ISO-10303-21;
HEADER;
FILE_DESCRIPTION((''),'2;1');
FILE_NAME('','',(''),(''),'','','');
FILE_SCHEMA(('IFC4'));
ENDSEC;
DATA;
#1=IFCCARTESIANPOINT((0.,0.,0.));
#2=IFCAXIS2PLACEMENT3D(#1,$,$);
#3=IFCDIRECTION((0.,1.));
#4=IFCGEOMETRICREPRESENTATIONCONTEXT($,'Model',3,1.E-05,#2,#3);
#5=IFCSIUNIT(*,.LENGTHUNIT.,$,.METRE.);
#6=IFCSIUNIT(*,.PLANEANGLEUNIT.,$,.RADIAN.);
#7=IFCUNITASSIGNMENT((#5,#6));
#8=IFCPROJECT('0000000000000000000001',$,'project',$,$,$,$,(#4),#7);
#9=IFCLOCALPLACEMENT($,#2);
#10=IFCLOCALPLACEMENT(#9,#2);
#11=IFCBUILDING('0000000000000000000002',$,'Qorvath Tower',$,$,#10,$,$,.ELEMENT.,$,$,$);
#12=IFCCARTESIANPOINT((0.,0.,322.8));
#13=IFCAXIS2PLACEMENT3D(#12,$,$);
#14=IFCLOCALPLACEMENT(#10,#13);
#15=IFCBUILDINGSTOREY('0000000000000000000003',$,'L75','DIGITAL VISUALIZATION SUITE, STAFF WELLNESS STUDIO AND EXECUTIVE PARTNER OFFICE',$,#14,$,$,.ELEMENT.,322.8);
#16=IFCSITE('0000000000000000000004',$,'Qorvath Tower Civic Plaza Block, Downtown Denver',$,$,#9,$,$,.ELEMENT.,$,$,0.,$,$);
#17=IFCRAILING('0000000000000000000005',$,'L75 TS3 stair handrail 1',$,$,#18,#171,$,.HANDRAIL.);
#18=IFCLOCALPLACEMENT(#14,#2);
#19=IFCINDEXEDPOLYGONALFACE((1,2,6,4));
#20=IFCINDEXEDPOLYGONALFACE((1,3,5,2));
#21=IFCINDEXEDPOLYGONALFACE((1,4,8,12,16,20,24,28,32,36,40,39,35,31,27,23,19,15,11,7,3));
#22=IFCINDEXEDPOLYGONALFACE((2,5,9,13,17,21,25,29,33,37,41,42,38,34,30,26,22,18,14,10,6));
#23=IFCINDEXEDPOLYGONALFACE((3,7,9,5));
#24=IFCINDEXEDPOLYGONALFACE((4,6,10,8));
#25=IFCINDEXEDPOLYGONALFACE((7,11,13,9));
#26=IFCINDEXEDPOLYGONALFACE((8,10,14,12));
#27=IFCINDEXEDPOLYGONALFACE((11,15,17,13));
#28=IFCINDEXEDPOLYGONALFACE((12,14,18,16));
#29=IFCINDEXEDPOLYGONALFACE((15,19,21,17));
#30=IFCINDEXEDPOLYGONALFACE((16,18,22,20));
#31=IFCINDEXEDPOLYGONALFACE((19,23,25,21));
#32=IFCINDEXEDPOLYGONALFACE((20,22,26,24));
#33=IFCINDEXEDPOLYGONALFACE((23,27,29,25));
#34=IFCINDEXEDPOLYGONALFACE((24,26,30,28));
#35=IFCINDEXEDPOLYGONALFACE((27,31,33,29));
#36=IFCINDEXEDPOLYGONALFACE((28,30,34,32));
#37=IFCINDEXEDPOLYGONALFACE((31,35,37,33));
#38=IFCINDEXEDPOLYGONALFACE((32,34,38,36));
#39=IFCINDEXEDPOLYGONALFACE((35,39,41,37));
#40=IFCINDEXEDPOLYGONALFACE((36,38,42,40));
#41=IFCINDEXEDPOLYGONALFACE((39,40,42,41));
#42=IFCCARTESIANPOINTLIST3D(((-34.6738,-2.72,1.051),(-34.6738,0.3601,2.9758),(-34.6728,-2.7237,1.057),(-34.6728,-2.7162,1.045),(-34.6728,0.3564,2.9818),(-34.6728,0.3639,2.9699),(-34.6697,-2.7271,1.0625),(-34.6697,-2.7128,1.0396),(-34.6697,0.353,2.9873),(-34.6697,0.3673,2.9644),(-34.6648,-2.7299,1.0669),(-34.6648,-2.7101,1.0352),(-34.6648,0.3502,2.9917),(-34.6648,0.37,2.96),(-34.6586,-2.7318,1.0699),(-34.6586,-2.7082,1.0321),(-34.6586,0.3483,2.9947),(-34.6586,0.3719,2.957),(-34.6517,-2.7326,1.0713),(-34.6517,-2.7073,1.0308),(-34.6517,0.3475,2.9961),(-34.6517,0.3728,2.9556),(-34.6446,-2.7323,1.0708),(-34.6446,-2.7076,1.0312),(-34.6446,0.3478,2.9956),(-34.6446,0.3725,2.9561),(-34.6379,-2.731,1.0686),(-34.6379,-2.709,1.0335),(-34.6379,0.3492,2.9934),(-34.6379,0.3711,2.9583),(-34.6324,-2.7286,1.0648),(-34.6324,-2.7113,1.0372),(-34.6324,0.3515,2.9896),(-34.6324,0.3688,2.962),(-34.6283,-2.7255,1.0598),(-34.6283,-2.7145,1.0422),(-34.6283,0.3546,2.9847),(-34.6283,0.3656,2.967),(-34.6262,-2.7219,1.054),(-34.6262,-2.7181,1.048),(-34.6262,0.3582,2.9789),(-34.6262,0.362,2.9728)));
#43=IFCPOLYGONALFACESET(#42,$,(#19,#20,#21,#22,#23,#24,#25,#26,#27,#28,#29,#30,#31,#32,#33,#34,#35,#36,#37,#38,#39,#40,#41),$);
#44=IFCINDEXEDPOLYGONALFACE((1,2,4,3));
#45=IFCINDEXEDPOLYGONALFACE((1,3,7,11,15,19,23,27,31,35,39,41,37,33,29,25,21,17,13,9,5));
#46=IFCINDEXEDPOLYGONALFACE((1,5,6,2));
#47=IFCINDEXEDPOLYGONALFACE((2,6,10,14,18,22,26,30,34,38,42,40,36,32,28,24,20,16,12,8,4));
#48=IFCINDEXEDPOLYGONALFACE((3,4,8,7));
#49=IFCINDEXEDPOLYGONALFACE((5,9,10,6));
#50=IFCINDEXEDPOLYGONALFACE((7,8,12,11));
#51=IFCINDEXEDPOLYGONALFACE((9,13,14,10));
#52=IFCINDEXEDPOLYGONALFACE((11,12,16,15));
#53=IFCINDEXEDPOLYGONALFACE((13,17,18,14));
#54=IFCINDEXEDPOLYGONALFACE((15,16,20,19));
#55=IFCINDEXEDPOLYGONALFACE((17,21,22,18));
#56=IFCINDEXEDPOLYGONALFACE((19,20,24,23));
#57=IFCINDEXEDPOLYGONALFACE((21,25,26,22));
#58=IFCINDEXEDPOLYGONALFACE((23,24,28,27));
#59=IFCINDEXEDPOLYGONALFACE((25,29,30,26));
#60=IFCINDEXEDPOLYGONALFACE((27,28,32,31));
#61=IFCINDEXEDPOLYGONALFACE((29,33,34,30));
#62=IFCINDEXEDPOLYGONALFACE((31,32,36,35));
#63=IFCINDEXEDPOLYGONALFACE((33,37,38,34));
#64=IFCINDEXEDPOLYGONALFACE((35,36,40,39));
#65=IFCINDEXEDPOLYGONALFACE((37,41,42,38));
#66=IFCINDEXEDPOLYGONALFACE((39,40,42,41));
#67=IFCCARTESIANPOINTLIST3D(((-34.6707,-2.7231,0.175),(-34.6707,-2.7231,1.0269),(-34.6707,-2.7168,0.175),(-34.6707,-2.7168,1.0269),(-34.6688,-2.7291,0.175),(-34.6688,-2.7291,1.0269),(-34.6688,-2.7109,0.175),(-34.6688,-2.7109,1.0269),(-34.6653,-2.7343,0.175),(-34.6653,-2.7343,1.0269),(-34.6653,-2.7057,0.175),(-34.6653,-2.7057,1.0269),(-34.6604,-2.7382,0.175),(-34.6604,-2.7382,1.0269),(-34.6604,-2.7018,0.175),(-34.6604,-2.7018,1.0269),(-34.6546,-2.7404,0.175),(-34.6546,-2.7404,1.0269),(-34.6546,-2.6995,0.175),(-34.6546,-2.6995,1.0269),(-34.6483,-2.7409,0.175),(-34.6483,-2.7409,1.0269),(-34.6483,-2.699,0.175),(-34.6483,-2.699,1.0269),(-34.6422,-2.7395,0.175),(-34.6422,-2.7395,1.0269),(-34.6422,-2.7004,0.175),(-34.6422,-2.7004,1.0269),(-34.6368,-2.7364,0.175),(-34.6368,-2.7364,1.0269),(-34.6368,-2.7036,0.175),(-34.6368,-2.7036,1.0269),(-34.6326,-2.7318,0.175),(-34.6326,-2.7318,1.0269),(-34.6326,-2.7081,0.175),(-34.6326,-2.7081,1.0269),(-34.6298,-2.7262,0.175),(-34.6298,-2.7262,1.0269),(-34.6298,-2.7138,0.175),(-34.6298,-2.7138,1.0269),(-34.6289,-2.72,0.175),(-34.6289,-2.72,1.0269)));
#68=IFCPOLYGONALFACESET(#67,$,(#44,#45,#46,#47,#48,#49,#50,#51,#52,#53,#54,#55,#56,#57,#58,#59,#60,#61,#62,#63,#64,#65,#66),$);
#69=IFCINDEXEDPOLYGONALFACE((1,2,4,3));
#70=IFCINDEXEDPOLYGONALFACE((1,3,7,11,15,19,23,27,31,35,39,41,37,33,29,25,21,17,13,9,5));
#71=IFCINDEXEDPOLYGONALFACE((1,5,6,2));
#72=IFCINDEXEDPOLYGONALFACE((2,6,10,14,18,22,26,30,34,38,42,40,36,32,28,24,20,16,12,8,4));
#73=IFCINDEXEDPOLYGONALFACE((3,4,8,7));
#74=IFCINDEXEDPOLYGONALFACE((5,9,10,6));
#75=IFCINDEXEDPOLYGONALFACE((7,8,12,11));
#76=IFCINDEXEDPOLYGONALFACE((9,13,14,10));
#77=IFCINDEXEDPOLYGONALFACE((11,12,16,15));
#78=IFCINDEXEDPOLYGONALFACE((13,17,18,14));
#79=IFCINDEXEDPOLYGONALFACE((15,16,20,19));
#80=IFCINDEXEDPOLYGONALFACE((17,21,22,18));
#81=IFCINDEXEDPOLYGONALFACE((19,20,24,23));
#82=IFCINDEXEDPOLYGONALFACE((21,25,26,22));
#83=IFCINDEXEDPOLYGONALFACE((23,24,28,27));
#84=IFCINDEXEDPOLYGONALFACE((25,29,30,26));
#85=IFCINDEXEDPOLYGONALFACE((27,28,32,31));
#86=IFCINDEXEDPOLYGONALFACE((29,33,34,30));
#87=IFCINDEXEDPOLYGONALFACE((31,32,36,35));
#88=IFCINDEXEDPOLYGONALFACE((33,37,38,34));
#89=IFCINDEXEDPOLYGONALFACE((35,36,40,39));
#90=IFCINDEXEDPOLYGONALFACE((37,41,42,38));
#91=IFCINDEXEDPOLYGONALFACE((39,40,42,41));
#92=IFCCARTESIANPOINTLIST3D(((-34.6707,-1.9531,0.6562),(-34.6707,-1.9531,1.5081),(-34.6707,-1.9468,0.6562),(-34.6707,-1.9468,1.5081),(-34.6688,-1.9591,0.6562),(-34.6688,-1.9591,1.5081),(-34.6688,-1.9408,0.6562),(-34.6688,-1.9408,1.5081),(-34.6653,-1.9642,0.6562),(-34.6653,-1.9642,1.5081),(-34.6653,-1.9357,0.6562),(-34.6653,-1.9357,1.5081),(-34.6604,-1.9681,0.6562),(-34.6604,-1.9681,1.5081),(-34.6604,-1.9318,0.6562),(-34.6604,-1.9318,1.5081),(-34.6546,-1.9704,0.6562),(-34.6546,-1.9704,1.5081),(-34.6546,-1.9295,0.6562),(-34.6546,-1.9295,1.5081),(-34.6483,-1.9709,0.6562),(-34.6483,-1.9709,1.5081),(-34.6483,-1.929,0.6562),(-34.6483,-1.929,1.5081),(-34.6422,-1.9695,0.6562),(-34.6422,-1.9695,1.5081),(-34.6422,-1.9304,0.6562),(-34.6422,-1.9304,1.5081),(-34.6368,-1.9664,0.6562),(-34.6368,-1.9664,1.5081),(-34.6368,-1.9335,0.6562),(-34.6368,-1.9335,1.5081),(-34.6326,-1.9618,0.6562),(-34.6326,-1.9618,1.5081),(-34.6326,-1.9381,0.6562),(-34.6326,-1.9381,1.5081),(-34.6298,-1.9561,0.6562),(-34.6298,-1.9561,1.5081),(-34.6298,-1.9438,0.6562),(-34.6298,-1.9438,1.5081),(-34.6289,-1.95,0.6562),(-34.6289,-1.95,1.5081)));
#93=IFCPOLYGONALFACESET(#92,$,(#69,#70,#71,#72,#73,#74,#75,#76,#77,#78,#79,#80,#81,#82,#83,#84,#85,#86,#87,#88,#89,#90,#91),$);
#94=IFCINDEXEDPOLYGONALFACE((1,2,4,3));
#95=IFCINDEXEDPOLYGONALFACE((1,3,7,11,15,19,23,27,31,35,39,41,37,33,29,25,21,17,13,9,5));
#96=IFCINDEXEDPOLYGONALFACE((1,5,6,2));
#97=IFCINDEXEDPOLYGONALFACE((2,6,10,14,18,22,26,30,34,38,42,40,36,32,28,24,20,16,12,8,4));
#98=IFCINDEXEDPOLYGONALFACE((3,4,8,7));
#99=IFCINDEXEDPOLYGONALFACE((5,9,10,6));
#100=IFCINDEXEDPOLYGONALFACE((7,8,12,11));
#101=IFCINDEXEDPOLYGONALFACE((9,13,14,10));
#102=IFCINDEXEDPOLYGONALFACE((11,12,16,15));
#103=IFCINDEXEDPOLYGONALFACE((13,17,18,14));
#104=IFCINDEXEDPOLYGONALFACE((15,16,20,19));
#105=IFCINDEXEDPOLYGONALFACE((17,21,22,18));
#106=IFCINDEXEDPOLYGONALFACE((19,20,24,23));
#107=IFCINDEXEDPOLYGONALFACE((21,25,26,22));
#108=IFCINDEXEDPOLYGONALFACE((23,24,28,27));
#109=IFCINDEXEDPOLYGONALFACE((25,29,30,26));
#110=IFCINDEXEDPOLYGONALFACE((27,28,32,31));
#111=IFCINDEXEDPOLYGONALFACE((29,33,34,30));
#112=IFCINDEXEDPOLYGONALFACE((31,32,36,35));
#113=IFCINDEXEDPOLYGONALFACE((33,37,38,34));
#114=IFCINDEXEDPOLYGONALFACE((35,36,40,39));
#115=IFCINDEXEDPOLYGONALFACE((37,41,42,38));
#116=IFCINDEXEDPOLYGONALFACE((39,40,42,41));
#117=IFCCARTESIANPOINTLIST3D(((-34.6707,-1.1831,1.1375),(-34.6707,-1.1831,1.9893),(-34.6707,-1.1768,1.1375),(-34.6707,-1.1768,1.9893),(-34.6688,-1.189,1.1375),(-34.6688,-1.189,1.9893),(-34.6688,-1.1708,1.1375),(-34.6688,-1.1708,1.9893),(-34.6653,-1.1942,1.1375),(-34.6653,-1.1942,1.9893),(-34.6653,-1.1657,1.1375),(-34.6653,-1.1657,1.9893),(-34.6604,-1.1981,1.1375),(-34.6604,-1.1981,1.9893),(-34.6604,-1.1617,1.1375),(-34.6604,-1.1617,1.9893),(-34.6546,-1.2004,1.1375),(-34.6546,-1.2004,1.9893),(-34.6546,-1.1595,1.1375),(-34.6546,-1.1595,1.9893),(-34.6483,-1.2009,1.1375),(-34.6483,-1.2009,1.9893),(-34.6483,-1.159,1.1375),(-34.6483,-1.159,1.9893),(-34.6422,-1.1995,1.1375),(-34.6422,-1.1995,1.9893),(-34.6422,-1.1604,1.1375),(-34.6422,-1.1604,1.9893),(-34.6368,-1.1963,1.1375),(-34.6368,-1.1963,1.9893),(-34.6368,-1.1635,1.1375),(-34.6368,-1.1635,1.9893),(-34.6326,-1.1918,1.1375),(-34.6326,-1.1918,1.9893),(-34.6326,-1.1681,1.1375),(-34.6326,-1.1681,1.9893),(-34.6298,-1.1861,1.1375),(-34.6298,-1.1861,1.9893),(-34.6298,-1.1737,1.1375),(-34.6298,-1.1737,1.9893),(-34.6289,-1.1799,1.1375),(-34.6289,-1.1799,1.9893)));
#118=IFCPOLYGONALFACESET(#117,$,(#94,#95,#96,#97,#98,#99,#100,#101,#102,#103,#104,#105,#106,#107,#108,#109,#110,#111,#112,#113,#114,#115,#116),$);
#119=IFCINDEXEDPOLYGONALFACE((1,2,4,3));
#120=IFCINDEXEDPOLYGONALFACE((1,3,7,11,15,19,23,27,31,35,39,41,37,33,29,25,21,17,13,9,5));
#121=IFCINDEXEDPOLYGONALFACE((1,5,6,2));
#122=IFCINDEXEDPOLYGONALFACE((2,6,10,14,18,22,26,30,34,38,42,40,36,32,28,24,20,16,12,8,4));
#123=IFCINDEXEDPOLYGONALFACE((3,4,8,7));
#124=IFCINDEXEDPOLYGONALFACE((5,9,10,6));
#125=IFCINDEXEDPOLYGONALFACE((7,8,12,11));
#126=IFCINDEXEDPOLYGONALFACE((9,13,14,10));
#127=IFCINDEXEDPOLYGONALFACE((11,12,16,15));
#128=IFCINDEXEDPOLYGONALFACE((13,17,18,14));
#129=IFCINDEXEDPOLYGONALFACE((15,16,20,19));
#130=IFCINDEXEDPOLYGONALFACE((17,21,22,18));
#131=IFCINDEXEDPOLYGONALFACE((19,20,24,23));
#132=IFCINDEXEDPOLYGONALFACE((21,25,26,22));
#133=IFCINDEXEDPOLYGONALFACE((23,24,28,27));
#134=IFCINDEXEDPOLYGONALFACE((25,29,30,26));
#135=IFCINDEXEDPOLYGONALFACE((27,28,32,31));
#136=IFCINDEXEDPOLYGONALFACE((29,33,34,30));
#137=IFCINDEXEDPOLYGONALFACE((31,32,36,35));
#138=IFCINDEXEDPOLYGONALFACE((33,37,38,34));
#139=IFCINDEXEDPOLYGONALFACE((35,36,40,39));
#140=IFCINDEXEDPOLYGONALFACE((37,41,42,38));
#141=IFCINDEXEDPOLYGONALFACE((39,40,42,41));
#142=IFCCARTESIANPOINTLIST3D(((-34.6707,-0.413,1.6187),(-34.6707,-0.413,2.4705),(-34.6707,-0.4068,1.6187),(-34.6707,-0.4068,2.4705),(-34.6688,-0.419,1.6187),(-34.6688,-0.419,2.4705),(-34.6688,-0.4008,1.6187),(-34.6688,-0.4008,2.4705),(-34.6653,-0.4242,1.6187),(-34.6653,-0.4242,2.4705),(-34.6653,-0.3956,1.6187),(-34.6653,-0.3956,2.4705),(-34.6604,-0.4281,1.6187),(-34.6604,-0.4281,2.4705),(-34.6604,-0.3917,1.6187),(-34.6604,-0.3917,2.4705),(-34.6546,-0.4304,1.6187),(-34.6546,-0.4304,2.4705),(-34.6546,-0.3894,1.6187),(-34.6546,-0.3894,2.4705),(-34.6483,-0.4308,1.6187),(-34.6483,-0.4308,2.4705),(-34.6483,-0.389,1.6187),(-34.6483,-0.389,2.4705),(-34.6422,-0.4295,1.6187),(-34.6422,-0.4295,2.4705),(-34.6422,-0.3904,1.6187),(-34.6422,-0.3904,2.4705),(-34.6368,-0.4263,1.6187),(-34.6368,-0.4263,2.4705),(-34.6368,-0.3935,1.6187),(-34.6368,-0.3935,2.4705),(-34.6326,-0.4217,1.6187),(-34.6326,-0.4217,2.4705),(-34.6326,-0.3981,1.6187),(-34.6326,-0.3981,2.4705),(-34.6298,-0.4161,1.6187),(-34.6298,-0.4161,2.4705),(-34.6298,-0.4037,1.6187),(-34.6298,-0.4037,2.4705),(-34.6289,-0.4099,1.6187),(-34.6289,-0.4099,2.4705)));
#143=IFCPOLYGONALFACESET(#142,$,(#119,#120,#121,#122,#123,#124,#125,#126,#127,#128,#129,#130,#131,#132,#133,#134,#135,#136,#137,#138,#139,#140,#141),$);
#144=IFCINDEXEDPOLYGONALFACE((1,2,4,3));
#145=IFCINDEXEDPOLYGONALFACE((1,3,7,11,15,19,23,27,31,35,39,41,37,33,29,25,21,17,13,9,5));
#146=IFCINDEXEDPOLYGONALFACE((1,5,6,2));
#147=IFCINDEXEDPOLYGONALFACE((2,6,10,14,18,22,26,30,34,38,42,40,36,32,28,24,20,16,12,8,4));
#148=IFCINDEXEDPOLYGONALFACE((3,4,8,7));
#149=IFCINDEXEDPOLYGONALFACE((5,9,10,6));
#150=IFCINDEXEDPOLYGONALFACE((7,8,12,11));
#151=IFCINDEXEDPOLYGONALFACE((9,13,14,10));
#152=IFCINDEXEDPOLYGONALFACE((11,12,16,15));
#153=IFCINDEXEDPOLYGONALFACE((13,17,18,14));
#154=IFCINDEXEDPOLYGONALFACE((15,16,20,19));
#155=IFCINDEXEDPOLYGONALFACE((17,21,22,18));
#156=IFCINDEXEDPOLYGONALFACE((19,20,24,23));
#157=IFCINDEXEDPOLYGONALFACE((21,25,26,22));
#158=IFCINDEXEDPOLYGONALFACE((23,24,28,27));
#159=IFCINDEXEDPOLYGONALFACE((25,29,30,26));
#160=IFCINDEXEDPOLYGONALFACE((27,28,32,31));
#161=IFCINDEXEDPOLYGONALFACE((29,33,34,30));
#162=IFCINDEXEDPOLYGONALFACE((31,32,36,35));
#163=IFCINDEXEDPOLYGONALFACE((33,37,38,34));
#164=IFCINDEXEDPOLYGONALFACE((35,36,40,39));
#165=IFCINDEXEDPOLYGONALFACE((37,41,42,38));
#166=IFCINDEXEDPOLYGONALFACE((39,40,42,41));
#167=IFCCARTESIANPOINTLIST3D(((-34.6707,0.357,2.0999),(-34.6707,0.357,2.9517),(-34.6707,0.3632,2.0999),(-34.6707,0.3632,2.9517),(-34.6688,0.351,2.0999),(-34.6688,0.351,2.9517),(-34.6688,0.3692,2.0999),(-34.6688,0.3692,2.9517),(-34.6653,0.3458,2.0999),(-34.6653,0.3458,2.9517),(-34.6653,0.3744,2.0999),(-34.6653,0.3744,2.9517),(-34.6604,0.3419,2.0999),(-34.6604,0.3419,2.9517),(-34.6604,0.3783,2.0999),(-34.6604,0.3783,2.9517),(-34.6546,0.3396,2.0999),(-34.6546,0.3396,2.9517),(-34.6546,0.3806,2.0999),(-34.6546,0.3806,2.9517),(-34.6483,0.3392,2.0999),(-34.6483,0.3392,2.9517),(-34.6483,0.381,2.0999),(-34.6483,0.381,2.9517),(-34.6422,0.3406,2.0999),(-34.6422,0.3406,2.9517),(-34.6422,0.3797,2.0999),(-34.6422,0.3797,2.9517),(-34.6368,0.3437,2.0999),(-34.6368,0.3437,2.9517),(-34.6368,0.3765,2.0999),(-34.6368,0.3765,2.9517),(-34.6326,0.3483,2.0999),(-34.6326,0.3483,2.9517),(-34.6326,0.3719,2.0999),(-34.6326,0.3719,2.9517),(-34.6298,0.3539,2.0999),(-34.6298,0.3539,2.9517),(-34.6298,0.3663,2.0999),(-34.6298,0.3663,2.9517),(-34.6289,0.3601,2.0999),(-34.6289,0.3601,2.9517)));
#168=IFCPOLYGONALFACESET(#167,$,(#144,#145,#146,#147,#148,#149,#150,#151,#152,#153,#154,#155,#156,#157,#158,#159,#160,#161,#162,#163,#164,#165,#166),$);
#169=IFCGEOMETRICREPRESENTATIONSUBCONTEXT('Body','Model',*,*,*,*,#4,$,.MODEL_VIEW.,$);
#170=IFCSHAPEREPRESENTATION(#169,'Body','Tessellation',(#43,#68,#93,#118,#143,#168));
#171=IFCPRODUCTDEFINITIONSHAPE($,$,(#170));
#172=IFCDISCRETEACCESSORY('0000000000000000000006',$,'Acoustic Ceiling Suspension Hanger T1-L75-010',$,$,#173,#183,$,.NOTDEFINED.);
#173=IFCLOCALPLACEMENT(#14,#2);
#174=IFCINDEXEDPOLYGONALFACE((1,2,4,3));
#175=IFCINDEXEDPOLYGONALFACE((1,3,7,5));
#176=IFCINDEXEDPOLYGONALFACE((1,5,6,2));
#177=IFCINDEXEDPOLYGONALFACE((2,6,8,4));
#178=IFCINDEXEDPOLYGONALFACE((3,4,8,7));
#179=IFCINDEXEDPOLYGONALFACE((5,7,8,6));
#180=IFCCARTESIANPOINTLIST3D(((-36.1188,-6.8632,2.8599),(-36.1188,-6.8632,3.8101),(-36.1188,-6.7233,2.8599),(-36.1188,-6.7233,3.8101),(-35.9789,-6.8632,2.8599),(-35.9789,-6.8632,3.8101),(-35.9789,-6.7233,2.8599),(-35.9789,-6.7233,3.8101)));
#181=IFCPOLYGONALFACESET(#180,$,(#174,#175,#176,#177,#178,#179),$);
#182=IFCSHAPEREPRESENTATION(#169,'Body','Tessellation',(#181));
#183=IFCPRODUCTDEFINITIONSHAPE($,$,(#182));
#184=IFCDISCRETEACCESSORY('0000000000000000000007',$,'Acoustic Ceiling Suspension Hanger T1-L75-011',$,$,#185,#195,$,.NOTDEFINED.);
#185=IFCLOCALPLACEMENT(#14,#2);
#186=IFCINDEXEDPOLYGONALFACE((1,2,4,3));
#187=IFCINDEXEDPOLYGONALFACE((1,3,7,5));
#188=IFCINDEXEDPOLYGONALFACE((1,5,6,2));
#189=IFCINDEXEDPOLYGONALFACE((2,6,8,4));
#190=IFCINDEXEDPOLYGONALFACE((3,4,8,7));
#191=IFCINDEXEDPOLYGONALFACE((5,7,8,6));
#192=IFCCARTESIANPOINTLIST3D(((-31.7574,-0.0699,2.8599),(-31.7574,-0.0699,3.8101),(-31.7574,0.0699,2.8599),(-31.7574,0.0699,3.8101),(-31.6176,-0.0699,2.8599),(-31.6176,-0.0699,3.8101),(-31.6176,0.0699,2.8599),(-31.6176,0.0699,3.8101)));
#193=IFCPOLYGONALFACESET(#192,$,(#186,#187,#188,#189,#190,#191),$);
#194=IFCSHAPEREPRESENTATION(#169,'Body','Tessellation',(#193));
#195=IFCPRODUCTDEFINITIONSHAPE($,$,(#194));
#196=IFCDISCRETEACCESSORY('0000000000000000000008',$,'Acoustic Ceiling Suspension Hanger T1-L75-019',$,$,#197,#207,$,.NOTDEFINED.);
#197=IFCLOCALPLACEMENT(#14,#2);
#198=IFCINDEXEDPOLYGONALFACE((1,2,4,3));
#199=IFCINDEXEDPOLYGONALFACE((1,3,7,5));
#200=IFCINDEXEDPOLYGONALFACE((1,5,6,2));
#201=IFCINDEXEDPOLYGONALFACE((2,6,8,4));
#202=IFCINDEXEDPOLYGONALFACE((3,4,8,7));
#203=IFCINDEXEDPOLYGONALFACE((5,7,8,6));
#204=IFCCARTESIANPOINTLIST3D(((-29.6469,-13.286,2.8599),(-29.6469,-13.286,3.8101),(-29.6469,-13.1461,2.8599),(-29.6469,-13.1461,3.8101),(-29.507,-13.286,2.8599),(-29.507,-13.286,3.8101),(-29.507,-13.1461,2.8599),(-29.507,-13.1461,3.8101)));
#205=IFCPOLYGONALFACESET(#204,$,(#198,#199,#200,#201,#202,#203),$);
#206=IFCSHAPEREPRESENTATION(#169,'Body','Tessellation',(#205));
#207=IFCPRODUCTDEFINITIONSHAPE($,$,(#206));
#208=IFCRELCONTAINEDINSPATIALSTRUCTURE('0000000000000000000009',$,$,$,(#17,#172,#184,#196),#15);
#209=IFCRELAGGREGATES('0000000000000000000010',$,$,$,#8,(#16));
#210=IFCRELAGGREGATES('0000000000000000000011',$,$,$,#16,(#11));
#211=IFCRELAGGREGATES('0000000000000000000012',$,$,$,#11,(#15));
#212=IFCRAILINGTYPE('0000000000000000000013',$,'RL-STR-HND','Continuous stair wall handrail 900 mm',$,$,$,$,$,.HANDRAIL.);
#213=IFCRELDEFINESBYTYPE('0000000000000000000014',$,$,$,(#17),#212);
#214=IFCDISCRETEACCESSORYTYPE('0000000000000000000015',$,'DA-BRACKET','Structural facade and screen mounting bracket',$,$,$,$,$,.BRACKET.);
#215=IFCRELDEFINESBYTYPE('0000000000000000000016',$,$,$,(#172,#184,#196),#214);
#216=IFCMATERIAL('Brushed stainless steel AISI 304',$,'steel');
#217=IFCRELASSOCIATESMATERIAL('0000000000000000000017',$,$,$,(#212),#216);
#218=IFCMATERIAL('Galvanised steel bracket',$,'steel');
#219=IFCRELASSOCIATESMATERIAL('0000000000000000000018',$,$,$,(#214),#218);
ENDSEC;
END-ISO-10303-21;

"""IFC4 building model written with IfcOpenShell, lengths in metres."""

from ifc_helpers import new_model, si_unit, direction, frame, origin, origin_2d, place, context, subcontext, project, spatial, rectangle, circle, extrude, material, type_object, element, save


model = new_model("IFC4")

# Units and contexts
model_context = context("Model", 3, precision=1e-05, world=origin(), true_north=direction((0.0, 1.0)))
body_context = subcontext(model_context, "Body", "Model", "MODEL_VIEW")
ifc_project = project(units=[si_unit("LENGTHUNIT", "METRE"), si_unit("PLANEANGLEUNIT", "RADIAN")], contexts=[model_context])

# Site, building, storey
site_placement = place(None, origin())
site = spatial("IfcSite", under=ifc_project, at=site_placement, Name="Qorvath Tower Civic Plaza Block, Downtown Denver", CompositionType="ELEMENT", RefElevation=0.0)
building_placement = place(site_placement, origin())
building = spatial("IfcBuilding", under=site, at=building_placement, Name="Qorvath Tower", CompositionType="ELEMENT")
storey_placement = place(building_placement, frame((0.0, 0.0, 322.8)))
storey = spatial("IfcBuildingStorey", under=building, at=storey_placement, Name="L75", Description="DIGITAL VISUALIZATION SUITE, STAFF WELLNESS STUDIO AND EXECUTIVE PARTNER OFFICE", CompositionType="ELEMENT", Elevation=322.8)

# Railing
ifc_material_1 = material(Name="Brushed stainless steel AISI 304", Category="steel")
railing_type = type_object("IfcRailingType", Name="RL-STR-HND", Description="Continuous stair wall handrail 900 mm", PredefinedType="HANDRAIL", material=ifc_material_1)
railing_placement = place(storey_placement, frame((-34.6499, -2.72, 0.175)))
element("IfcRailing", 1, at=railing_placement, inside=storey, type_object=railing_type, Name="L75 TS3 stair handrail 1", PredefinedType="HANDRAIL", context=body_context, shape_type="SweptSolid", body=[
    extrude(circle(Radius=0.0239, at=origin_2d()), frame((0.0, 0.0, 0.876), z_axis=(0.0, 0.848029, 0.529951), x_axis=(-1.0, 0.0, 0.0)), (0.0, 0.0, 1.0), 3.6321),
    extrude(circle(Radius=0.021, at=origin_2d()), origin(), (0.0, 0.0, 1.0), 0.8518),
    extrude(circle(Radius=0.021, at=origin_2d()), frame((0.0, 0.77, 0.4812)), (0.0, 0.0, 1.0), 0.8518),
    extrude(circle(Radius=0.021, at=origin_2d()), frame((0.0, 1.54, 0.9624)), (0.0, 0.0, 1.0), 0.8518),
    extrude(circle(Radius=0.021, at=origin_2d()), frame((0.0, 2.3101, 1.4436)), (0.0, 0.0, 1.0), 0.8518),
    extrude(circle(Radius=0.021, at=origin_2d()), frame((0.0, 3.0801, 1.9248)), (0.0, 0.0, 1.0), 0.8518),
])

# Discrete accessories
ifc_material_2 = material(Name="Galvanised steel bracket", Category="steel")
discrete_accessory_type = type_object("IfcDiscreteAccessoryType", Name="DA-BRACKET", Description="Structural facade and screen mounting bracket", PredefinedType="BRACKET", material=ifc_material_2)
for number, where, z_axis, x_axis, name in (
    (2, (-36.0488, -6.7932, 2.8599), (0.0, 0.0, 1.0), (1.0, 0.0, 0.0), "Acoustic Ceiling Suspension Hanger T1-L75-010"),
    (3, (-31.6875, 0.0, 2.8599), (0.0, 0.0, 1.0), (1.0, 0.0, 0.0), "Acoustic Ceiling Suspension Hanger T1-L75-011"),
    (4, (-29.5769, -13.2161, 2.8599), (0.0, 0.0, 1.0), (1.0, 0.0, 0.0), "Acoustic Ceiling Suspension Hanger T1-L75-019"),
):
    element("IfcDiscreteAccessory", number, at=place(storey_placement, frame(where, z_axis=z_axis, x_axis=x_axis)), inside=storey, type_object=discrete_accessory_type, Name=name, PredefinedType="NOTDEFINED", context=body_context, shape_type="SweptSolid", body=[
        extrude(rectangle(XDim=0.1399, YDim=0.1399, at=origin_2d()), origin(), (0.0, 0.0, 1.0), 0.9502),
    ])

save(model, "model.ifc")
